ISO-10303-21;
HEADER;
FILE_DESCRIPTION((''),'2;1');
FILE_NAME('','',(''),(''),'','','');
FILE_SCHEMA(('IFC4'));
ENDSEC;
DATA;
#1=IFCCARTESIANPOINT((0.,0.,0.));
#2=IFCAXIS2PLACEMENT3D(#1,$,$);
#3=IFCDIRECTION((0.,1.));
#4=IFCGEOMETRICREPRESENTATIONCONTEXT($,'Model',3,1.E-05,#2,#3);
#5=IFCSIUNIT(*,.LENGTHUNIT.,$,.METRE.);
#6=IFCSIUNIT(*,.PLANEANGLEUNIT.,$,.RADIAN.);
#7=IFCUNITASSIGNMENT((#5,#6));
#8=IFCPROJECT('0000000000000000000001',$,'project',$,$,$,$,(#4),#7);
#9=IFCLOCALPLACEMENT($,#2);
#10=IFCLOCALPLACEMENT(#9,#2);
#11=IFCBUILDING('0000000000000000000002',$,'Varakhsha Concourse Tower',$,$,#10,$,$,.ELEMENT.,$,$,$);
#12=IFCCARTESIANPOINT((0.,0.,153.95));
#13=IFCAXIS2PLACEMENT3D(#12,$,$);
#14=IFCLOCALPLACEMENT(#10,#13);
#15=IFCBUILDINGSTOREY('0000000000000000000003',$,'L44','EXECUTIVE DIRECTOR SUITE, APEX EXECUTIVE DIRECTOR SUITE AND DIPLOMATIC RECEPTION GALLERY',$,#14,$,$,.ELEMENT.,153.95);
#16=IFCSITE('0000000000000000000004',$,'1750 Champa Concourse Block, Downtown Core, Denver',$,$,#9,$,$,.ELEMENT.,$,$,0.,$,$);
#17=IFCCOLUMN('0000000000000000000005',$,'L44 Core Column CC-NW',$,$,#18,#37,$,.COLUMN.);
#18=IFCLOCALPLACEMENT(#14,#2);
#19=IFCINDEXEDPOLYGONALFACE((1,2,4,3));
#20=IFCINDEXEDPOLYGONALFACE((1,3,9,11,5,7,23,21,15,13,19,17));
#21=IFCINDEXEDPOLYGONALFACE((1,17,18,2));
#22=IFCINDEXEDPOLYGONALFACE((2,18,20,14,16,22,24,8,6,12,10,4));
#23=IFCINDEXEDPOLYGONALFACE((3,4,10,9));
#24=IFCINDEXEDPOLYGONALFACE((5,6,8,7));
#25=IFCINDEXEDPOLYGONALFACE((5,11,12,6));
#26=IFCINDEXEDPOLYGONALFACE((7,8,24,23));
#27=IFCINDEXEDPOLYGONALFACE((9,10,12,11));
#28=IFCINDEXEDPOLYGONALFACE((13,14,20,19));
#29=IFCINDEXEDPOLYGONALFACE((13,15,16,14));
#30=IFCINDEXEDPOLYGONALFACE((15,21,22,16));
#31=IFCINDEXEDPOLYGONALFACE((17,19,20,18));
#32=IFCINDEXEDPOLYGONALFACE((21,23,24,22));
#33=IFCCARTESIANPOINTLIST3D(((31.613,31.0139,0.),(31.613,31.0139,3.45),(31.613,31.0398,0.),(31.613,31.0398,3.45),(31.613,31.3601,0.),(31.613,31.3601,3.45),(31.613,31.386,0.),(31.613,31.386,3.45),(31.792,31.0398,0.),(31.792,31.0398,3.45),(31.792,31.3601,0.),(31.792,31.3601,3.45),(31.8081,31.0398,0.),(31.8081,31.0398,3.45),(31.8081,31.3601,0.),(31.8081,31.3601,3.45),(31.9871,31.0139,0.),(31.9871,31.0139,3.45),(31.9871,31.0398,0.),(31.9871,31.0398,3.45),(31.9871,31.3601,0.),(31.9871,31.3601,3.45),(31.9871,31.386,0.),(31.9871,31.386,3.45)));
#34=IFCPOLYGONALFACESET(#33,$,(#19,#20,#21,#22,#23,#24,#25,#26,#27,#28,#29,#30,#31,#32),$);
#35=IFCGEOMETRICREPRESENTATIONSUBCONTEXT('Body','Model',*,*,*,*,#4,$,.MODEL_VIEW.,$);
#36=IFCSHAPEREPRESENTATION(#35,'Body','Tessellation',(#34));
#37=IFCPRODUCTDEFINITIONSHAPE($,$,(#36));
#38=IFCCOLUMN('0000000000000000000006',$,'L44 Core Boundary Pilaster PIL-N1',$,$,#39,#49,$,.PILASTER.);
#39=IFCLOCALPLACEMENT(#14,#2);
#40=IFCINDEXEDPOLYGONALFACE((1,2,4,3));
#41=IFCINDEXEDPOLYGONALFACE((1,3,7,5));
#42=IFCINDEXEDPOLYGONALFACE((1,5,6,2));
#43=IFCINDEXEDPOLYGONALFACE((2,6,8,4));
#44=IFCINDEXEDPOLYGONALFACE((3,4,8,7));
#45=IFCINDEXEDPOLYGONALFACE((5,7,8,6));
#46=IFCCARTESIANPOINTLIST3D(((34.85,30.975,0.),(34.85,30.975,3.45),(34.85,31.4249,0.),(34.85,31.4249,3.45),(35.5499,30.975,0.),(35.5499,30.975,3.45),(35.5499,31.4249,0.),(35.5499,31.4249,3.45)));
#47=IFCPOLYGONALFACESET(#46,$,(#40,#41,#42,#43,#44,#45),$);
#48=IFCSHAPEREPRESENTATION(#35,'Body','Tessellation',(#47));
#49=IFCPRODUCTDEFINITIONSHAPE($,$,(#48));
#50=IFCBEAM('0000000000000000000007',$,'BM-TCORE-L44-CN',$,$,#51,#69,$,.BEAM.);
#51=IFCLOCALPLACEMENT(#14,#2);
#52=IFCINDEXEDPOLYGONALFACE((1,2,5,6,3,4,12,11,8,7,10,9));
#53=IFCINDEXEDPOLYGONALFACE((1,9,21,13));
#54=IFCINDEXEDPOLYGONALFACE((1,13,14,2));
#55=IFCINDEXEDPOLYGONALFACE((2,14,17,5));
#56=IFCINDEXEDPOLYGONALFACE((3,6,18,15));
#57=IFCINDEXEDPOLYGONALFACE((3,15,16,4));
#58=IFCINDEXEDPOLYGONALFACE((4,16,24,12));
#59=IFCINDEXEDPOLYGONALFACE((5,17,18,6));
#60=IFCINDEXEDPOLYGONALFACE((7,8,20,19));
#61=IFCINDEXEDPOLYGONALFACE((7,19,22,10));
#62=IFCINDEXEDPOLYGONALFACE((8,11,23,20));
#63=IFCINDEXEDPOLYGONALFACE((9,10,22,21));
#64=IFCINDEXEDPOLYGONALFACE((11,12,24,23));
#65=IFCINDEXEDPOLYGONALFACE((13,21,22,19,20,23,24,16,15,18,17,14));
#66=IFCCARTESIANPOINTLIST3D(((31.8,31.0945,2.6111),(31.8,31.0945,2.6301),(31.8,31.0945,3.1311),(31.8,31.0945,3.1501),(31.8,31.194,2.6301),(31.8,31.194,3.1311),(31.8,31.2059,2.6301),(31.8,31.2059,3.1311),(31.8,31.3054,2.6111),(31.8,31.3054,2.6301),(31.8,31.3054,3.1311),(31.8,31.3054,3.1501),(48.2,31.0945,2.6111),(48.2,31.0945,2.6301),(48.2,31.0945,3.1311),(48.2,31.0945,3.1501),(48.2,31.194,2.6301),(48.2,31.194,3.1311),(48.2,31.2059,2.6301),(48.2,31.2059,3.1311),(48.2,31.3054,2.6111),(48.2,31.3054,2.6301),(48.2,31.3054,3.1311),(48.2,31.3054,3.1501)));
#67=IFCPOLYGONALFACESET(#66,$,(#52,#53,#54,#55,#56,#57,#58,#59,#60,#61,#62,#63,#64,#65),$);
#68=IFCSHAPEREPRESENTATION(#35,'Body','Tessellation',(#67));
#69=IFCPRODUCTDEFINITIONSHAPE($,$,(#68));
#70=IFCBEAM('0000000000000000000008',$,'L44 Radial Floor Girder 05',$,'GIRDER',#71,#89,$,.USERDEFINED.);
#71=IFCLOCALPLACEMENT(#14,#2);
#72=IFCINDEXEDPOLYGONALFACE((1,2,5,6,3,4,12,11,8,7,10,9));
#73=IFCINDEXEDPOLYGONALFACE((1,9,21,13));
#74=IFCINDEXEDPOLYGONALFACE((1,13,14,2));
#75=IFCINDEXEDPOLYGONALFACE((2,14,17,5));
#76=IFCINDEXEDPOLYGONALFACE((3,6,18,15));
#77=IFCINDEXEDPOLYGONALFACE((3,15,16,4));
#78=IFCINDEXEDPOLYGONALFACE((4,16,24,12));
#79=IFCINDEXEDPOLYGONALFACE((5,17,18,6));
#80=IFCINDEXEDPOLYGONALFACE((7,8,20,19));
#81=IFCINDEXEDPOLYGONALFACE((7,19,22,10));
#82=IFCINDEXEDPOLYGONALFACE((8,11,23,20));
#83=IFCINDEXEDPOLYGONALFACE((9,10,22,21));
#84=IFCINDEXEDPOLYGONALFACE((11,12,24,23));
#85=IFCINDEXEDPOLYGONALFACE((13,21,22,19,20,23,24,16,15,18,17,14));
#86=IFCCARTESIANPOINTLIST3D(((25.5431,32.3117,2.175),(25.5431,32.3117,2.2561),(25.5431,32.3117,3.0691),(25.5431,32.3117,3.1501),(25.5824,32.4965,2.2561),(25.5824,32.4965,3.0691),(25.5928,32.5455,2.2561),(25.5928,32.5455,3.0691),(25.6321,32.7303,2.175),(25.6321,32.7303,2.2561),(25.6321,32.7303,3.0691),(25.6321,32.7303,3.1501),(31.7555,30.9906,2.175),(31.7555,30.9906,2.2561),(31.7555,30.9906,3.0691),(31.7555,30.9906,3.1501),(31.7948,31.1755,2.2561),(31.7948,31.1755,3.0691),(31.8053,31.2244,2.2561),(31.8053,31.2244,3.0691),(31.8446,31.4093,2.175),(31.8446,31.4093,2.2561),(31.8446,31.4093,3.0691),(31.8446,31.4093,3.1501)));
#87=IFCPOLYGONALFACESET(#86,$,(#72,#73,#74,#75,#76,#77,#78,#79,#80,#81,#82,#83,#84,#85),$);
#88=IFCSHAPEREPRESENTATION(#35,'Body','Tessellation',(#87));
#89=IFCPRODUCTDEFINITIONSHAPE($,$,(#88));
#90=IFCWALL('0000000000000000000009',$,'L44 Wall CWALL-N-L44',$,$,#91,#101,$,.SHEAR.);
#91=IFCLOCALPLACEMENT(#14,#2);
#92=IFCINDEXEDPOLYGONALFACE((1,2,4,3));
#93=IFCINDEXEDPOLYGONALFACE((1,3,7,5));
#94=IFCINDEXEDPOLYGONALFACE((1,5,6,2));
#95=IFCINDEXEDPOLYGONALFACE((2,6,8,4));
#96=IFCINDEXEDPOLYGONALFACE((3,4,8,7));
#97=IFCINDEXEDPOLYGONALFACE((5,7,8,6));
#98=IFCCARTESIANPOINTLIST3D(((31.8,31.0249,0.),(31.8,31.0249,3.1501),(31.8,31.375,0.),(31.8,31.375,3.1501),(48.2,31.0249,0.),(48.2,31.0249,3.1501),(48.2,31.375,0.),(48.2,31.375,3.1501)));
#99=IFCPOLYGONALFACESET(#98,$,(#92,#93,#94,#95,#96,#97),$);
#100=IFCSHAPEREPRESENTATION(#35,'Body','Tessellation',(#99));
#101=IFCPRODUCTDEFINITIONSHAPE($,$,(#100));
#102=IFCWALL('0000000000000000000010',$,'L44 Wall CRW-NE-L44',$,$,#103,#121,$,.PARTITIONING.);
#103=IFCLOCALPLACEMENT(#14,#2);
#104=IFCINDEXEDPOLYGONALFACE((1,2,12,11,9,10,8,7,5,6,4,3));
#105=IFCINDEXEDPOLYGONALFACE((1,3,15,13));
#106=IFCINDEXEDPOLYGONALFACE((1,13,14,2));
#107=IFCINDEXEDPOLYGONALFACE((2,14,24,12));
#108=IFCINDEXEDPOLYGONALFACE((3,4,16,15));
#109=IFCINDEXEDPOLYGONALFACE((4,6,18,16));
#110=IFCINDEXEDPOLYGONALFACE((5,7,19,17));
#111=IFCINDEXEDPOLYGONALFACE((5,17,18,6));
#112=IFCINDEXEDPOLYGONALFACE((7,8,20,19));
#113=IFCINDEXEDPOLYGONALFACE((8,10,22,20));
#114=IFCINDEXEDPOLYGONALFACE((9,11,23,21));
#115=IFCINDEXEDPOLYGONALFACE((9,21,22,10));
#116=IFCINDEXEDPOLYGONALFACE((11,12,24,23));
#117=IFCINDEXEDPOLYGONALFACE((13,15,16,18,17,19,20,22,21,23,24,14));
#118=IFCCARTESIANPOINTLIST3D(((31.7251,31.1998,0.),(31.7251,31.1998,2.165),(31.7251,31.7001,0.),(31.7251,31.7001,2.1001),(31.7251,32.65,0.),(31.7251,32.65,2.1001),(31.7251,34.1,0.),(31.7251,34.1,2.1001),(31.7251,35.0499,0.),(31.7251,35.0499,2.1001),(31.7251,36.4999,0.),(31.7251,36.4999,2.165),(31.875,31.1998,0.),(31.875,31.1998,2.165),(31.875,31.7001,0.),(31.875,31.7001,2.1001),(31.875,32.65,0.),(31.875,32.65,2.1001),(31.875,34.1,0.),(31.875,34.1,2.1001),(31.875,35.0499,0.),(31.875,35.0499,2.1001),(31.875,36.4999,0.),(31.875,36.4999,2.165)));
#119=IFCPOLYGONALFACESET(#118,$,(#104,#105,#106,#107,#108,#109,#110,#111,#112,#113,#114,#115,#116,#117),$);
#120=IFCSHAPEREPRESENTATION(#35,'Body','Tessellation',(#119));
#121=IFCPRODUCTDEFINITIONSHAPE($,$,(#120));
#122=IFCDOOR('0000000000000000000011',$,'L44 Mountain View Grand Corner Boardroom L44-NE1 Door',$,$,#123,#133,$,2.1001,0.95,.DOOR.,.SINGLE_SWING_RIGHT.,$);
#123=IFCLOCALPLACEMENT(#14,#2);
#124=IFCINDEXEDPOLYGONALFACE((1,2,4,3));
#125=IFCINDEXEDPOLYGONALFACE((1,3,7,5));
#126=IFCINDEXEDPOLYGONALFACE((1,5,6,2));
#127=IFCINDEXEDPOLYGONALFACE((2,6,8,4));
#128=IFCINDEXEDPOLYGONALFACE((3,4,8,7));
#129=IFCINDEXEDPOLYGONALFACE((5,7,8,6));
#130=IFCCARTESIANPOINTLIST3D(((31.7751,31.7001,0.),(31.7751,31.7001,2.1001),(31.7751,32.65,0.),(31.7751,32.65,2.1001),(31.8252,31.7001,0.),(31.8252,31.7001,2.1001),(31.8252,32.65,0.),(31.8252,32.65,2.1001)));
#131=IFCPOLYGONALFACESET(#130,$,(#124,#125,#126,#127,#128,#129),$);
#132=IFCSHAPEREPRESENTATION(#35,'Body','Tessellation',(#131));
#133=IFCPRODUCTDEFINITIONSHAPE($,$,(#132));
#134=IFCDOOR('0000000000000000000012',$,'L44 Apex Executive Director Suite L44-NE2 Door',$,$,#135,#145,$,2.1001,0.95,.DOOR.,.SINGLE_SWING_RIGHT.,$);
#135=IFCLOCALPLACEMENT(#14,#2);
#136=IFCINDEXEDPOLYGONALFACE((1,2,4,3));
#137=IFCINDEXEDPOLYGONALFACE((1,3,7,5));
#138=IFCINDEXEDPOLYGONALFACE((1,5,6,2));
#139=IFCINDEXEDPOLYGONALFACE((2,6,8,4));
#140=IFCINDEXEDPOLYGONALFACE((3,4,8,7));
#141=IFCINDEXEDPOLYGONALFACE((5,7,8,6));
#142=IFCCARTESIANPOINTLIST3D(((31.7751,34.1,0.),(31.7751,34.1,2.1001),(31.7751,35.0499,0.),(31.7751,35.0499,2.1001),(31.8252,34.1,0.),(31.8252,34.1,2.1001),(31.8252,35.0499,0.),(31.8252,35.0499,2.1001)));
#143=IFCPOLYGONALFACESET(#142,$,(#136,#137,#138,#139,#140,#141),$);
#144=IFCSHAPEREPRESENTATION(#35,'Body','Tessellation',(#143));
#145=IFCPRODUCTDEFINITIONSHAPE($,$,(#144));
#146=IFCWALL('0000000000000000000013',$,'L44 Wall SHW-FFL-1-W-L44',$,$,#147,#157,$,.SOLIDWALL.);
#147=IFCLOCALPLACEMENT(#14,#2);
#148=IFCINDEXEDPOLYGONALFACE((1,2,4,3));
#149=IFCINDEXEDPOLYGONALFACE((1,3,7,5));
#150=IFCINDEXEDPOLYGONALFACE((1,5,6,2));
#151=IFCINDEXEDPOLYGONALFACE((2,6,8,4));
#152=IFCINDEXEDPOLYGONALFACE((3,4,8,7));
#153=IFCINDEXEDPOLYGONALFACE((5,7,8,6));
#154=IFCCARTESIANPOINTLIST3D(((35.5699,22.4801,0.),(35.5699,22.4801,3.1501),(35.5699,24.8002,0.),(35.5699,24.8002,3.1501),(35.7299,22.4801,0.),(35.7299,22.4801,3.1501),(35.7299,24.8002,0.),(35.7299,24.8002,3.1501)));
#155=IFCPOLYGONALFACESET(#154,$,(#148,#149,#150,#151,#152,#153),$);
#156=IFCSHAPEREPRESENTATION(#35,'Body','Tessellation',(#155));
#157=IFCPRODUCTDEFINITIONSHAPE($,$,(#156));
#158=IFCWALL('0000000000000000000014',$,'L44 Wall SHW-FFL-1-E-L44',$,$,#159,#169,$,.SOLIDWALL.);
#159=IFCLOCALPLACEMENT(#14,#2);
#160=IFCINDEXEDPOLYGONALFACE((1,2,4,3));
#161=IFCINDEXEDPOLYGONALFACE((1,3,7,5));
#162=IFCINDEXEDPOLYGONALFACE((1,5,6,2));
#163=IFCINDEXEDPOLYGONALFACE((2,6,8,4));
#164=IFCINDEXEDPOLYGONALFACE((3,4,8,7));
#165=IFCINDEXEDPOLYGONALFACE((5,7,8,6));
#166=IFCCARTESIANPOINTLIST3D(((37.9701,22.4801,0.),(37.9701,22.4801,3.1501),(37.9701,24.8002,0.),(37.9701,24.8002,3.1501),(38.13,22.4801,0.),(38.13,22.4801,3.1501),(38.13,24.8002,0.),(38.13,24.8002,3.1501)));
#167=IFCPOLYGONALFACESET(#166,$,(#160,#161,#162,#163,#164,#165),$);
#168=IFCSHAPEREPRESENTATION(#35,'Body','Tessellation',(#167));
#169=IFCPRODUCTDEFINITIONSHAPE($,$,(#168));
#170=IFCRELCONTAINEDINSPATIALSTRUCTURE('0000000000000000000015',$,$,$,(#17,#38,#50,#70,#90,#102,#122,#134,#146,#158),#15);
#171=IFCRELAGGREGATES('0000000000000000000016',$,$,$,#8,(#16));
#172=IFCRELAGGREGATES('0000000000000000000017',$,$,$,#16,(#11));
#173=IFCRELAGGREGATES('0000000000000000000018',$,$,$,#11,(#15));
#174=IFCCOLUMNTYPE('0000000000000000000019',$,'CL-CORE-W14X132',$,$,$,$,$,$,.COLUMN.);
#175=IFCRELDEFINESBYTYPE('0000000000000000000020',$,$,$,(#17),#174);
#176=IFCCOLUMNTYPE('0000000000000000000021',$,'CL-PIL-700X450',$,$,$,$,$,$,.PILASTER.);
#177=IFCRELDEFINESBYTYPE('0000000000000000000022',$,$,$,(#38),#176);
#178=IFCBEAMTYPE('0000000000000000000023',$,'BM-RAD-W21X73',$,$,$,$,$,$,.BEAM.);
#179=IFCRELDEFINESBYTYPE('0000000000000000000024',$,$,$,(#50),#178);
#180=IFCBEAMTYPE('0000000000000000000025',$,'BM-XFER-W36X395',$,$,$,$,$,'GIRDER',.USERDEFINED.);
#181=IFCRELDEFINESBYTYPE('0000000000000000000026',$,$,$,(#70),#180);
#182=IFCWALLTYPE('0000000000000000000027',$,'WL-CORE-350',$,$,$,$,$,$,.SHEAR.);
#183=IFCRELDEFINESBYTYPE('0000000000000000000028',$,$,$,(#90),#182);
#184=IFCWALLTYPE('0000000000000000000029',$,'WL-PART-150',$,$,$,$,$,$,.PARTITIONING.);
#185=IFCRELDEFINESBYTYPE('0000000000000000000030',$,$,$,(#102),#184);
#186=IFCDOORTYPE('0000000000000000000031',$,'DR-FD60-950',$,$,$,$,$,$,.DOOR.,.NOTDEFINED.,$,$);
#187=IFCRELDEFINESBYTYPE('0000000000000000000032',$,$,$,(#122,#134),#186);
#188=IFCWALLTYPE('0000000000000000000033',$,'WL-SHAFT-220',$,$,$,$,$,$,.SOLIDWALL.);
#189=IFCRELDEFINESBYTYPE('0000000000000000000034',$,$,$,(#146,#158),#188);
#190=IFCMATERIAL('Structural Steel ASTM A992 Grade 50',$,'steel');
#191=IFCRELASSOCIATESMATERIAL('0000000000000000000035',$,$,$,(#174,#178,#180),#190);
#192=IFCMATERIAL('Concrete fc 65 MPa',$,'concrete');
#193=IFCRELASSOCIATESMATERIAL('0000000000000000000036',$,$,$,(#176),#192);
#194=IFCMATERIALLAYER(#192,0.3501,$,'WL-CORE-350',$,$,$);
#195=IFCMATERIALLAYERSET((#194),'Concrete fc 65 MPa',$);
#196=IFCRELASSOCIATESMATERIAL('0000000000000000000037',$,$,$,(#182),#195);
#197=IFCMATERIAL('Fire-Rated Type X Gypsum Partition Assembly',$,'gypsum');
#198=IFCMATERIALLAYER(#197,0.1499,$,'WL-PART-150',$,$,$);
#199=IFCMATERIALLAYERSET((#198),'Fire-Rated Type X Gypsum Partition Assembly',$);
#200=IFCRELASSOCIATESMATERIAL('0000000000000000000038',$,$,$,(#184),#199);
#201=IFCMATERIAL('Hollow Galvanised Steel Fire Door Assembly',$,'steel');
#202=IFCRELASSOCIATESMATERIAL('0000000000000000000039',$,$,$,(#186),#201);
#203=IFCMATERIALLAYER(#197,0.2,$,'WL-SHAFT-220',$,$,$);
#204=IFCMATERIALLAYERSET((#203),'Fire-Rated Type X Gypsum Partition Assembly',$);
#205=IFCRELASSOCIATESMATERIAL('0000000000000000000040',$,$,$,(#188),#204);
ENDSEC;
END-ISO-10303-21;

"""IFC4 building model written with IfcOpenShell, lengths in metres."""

from ifc_helpers import new_model, si_unit, direction, frame, frame_2d, origin, origin_2d, place, context, subcontext, project, spatial, rectangle, i_section, extrude, material, layer, layer_set, material_profile, profile_set, type_object, element, fill, save


model = new_model("IFC4")

# Units and contexts
model_context = context("Model", 3, precision=1e-05, world=origin(), true_north=direction((0.0, 1.0)))
body_context = subcontext(model_context, "Body", "Model", "MODEL_VIEW")
ifc_project = project(units=[si_unit("LENGTHUNIT", "METRE"), si_unit("PLANEANGLEUNIT", "RADIAN")], contexts=[model_context])

# Site, building, storey
site_placement = place(None, origin())
site = spatial("IfcSite", under=ifc_project, at=site_placement, Name="1750 Champa Concourse Block, Downtown Core, Denver", CompositionType="ELEMENT", RefElevation=0.0)
building_placement = place(site_placement, origin())
building = spatial("IfcBuilding", under=site, at=building_placement, Name="Varakhsha Concourse Tower", CompositionType="ELEMENT")
storey_placement = place(building_placement, frame((0.0, 0.0, 153.95)))
storey = spatial("IfcBuildingStorey", under=building, at=storey_placement, Name="L44", Description="EXECUTIVE DIRECTOR SUITE, APEX EXECUTIVE DIRECTOR SUITE AND DIPLOMATIC RECEPTION GALLERY", CompositionType="ELEMENT", Elevation=153.95)

# Columns
ifc_material_1 = material(Name="Structural Steel ASTM A992 Grade 50", Category="steel")
ifc_material_profile_1 = material_profile(ifc_material_1, i_section(OverallWidth=0.374, OverallDepth=0.3721, WebThickness=0.0161, FlangeThickness=0.0259, at=origin_2d()), Name="W14X132")
ifc_profile_set_1 = profile_set([ifc_material_profile_1], Name="Structural Steel ASTM A992 Grade 50")
column_type_1 = type_object("IfcColumnType", Name="CL-CORE-W14X132", PredefinedType="COLUMN", material=ifc_profile_set_1)
column_1_placement = place(storey_placement, frame((31.8, 31.2, 0.0), z_axis=(0.0, 0.0, 1.0), x_axis=(1.0, 0.0, 0.0)))
element("IfcColumn", 1, at=column_1_placement, inside=storey, type_object=column_type_1, Name="L44 Core Column CC-NW", PredefinedType="COLUMN", context=body_context, shape_type="SweptSolid", body=[
    extrude(i_section(OverallWidth=0.374, OverallDepth=0.3721, WebThickness=0.0161, FlangeThickness=0.0259, at=origin_2d()), origin(), (0.0, 0.0, 1.0), 3.45),
])
ifc_material_2 = material(Name="Concrete fc 65 MPa", Category="concrete")
ifc_material_profile_2 = material_profile(ifc_material_2, rectangle(XDim=0.7, YDim=0.45, at=origin_2d()), Name="RC 700x450")
ifc_profile_set_2 = profile_set([ifc_material_profile_2], Name="Concrete fc 65 MPa")
column_type_2 = type_object("IfcColumnType", Name="CL-PIL-700X450", PredefinedType="PILASTER", material=ifc_profile_set_2)
column_2_placement = place(storey_placement, frame((35.2, 31.2, 0.0), z_axis=(0.0, 0.0, 1.0), x_axis=(1.0, 0.0, 0.0)))
element("IfcColumn", 2, at=column_2_placement, inside=storey, type_object=column_type_2, Name="L44 Core Boundary Pilaster PIL-N1", PredefinedType="PILASTER", context=body_context, shape_type="SweptSolid", body=[
    extrude(rectangle(XDim=0.7, YDim=0.45, at=origin_2d()), origin(), (0.0, 0.0, 1.0), 3.45),
])

# Beams
ifc_material_profile_3 = material_profile(ifc_material_1, i_section(OverallWidth=0.2109, OverallDepth=0.5391, WebThickness=0.012, FlangeThickness=0.019, at=origin_2d()), Name="W21X73")
ifc_profile_set_3 = profile_set([ifc_material_profile_3], Name="Structural Steel ASTM A992 Grade 50")
beam_type_1 = type_object("IfcBeamType", Name="BM-RAD-W21X73", PredefinedType="BEAM", material=ifc_profile_set_3)
beam_1_placement = place(storey_placement, frame((31.8, 31.2, 2.8806), z_axis=(1.0, 0.0, 0.0), x_axis=(0.0, 1.0, 0.0)))
element("IfcBeam", 3, at=beam_1_placement, inside=storey, type_object=beam_type_1, Name="BM-TCORE-L44-CN", PredefinedType="BEAM", context=body_context, shape_type="SweptSolid", body=[
    extrude(i_section(OverallWidth=0.2109, OverallDepth=0.5391, WebThickness=0.012, FlangeThickness=0.019, at=origin_2d()), origin(), (0.0, 0.0, 1.0), 16.3999),
])
ifc_material_profile_4 = material_profile(ifc_material_1, i_section(OverallWidth=0.428, OverallDepth=0.9751, WebThickness=0.05, FlangeThickness=0.0811, at=origin_2d()), Name="W36X395")
ifc_profile_set_4 = profile_set([ifc_material_profile_4], Name="Structural Steel ASTM A992 Grade 50")
beam_type_2 = type_object("IfcBeamType", Name="BM-XFER-W36X395", ElementType="GIRDER", PredefinedType="USERDEFINED", material=ifc_profile_set_4)
beam_2_placement = place(storey_placement, frame((31.8, 31.2, 2.6626), z_axis=(-0.97813, 0.207996, 0.0), x_axis=(-0.207996, -0.97813, 0.0)))
element("IfcBeam", 4, at=beam_2_placement, inside=storey, type_object=beam_type_2, Name="L44 Radial Floor Girder 05", ObjectType="GIRDER", PredefinedType="USERDEFINED", context=body_context, shape_type="SweptSolid", body=[
    extrude(i_section(OverallWidth=0.428, OverallDepth=0.9751, WebThickness=0.05, FlangeThickness=0.0811, at=origin_2d()), origin(), (0.0, 0.0, 1.0), 6.3513),
])

# Wall
ifc_layer_1 = layer(ifc_material_2, 0.3501, Name="WL-CORE-350")
ifc_layer_set_1 = layer_set([ifc_layer_1], Name="Concrete fc 65 MPa")
wall_type_1 = type_object("IfcWallType", Name="WL-CORE-350", PredefinedType="SHEAR", material=ifc_layer_set_1)
wall_1_placement = place(storey_placement, frame((31.8, 31.2, 0.0), z_axis=(0.0, 0.0, 1.0), x_axis=(1.0, 0.0, 0.0)))
element("IfcWall", 5, at=wall_1_placement, inside=storey, type_object=wall_type_1, Name="L44 Wall CWALL-N-L44", PredefinedType="SHEAR", context=body_context, shape_type="SweptSolid", body=[
    extrude(rectangle(XDim=16.3999, YDim=0.3501, at=frame_2d((8.2, 0.0))), origin(), (0.0, 0.0, 1.0), 3.1501),
])

# Wall, openings, doors
ifc_material_3 = material(Name="Fire-Rated Type X Gypsum Partition Assembly", Category="gypsum")
ifc_layer_2 = layer(ifc_material_3, 0.1499, Name="WL-PART-150")
ifc_layer_set_2 = layer_set([ifc_layer_2], Name="Fire-Rated Type X Gypsum Partition Assembly")
wall_type_2 = type_object("IfcWallType", Name="WL-PART-150", PredefinedType="PARTITIONING", material=ifc_layer_set_2)
wall_2_placement = place(storey_placement, frame((31.8, 31.2, 0.0), z_axis=(0.0, 0.0, 1.0), x_axis=(0.0, 1.0, 0.0)))
wall_2 = element("IfcWall", 6, at=wall_2_placement, inside=storey, type_object=wall_type_2, Name="L44 Wall CRW-NE-L44", PredefinedType="PARTITIONING", context=body_context, shape_type="SweptSolid", body=[
    extrude(rectangle(XDim=5.3, YDim=0.1499, at=frame_2d((2.6499, 0.0))), origin(), (0.0, 0.0, 1.0), 2.165),
])
opening_1_placement = place(wall_2_placement, frame((0.5, 0.0, 0.0)))
opening_1 = element("IfcOpeningElement", 7, at=opening_1_placement, cuts=wall_2, PredefinedType="OPENING", context=body_context, shape_type="SweptSolid", body=[
    extrude(rectangle(XDim=0.95, YDim=2.1001, at=frame_2d((0.4751, 1.05))), frame((0.0, 0.085, 0.0), z_axis=(0.0, -1.0, 0.0), x_axis=(1.0, 0.0, 0.0)), (0.0, 0.0, 1.0), 0.1699),
])
opening_2_placement = place(wall_2_placement, frame((2.8999, 0.0, 0.0)))
opening_2 = element("IfcOpeningElement", 8, at=opening_2_placement, cuts=wall_2, PredefinedType="OPENING", context=body_context, shape_type="SweptSolid", body=[
    extrude(rectangle(XDim=0.95, YDim=2.1001, at=frame_2d((0.4751, 1.05))), frame((0.0, 0.085, 0.0), z_axis=(0.0, -1.0, 0.0), x_axis=(1.0, 0.0, 0.0)), (0.0, 0.0, 1.0), 0.1699),
])
ifc_material_4 = material(Name="Hollow Galvanised Steel Fire Door Assembly", Category="steel")
door_type_1 = type_object("IfcDoorType", Name="DR-FD60-950", OperationType="NOTDEFINED", PredefinedType="DOOR", material=ifc_material_4)
door_1_placement = place(opening_1_placement, origin())
door_1 = element("IfcDoor", 9, at=door_1_placement, inside=storey, type_object=door_type_1, Name="L44 Mountain View Grand Corner Boardroom L44-NE1 Door", OperationType="SINGLE_SWING_RIGHT", OverallHeight=2.1001, OverallWidth=0.95, PredefinedType="DOOR", context=body_context, shape_type="SweptSolid", body=[
    extrude(rectangle(XDim=0.95, YDim=2.1001, at=frame_2d((0.4751, 1.05))), frame((0.0, 0.0249, 0.0), z_axis=(0.0, -1.0, 0.0), x_axis=(1.0, 0.0, 0.0)), (0.0, 0.0, 1.0), 0.05),
])
fill(opening_1, door_1)
door_2_placement = place(opening_2_placement, origin())
door_2 = element("IfcDoor", 10, at=door_2_placement, inside=storey, type_object=door_type_1, Name="L44 Apex Executive Director Suite L44-NE2 Door", OperationType="SINGLE_SWING_RIGHT", OverallHeight=2.1001, OverallWidth=0.95, PredefinedType="DOOR", context=body_context, shape_type="SweptSolid", body=[
    extrude(rectangle(XDim=0.95, YDim=2.1001, at=frame_2d((0.4751, 1.05))), frame((0.0, 0.0249, 0.0), z_axis=(0.0, -1.0, 0.0), x_axis=(1.0, 0.0, 0.0)), (0.0, 0.0, 1.0), 0.05),
])
fill(opening_2, door_2)
ifc_layer_3 = layer(ifc_material_3, 0.2, Name="WL-SHAFT-220")
ifc_layer_set_3 = layer_set([ifc_layer_3], Name="Fire-Rated Type X Gypsum Partition Assembly")
wall_type_3 = type_object("IfcWallType", Name="WL-SHAFT-220", PredefinedType="SOLIDWALL", material=ifc_layer_set_3)

# Walls
for number, where, z_axis, x_axis, name in (
    (11, (35.6499, 22.48, 0.0), (0.0, 0.0, 1.0), (0.0, 1.0, 0.0), "L44 Wall SHW-FFL-1-W-L44"),
    (12, (38.05, 22.48, 0.0), (0.0, 0.0, 1.0), (0.0, 1.0, 0.0), "L44 Wall SHW-FFL-1-E-L44"),
):
    element("IfcWall", number, at=place(storey_placement, frame(where, z_axis=z_axis, x_axis=x_axis)), inside=storey, type_object=wall_type_3, Name=name, PredefinedType="SOLIDWALL", context=body_context, shape_type="SweptSolid", body=[
        extrude(rectangle(XDim=2.3201, YDim=0.1599, at=frame_2d((1.1602, 0.0))), origin(), (0.0, 0.0, 1.0), 3.1501),
    ])

save(model, "model.ifc")
